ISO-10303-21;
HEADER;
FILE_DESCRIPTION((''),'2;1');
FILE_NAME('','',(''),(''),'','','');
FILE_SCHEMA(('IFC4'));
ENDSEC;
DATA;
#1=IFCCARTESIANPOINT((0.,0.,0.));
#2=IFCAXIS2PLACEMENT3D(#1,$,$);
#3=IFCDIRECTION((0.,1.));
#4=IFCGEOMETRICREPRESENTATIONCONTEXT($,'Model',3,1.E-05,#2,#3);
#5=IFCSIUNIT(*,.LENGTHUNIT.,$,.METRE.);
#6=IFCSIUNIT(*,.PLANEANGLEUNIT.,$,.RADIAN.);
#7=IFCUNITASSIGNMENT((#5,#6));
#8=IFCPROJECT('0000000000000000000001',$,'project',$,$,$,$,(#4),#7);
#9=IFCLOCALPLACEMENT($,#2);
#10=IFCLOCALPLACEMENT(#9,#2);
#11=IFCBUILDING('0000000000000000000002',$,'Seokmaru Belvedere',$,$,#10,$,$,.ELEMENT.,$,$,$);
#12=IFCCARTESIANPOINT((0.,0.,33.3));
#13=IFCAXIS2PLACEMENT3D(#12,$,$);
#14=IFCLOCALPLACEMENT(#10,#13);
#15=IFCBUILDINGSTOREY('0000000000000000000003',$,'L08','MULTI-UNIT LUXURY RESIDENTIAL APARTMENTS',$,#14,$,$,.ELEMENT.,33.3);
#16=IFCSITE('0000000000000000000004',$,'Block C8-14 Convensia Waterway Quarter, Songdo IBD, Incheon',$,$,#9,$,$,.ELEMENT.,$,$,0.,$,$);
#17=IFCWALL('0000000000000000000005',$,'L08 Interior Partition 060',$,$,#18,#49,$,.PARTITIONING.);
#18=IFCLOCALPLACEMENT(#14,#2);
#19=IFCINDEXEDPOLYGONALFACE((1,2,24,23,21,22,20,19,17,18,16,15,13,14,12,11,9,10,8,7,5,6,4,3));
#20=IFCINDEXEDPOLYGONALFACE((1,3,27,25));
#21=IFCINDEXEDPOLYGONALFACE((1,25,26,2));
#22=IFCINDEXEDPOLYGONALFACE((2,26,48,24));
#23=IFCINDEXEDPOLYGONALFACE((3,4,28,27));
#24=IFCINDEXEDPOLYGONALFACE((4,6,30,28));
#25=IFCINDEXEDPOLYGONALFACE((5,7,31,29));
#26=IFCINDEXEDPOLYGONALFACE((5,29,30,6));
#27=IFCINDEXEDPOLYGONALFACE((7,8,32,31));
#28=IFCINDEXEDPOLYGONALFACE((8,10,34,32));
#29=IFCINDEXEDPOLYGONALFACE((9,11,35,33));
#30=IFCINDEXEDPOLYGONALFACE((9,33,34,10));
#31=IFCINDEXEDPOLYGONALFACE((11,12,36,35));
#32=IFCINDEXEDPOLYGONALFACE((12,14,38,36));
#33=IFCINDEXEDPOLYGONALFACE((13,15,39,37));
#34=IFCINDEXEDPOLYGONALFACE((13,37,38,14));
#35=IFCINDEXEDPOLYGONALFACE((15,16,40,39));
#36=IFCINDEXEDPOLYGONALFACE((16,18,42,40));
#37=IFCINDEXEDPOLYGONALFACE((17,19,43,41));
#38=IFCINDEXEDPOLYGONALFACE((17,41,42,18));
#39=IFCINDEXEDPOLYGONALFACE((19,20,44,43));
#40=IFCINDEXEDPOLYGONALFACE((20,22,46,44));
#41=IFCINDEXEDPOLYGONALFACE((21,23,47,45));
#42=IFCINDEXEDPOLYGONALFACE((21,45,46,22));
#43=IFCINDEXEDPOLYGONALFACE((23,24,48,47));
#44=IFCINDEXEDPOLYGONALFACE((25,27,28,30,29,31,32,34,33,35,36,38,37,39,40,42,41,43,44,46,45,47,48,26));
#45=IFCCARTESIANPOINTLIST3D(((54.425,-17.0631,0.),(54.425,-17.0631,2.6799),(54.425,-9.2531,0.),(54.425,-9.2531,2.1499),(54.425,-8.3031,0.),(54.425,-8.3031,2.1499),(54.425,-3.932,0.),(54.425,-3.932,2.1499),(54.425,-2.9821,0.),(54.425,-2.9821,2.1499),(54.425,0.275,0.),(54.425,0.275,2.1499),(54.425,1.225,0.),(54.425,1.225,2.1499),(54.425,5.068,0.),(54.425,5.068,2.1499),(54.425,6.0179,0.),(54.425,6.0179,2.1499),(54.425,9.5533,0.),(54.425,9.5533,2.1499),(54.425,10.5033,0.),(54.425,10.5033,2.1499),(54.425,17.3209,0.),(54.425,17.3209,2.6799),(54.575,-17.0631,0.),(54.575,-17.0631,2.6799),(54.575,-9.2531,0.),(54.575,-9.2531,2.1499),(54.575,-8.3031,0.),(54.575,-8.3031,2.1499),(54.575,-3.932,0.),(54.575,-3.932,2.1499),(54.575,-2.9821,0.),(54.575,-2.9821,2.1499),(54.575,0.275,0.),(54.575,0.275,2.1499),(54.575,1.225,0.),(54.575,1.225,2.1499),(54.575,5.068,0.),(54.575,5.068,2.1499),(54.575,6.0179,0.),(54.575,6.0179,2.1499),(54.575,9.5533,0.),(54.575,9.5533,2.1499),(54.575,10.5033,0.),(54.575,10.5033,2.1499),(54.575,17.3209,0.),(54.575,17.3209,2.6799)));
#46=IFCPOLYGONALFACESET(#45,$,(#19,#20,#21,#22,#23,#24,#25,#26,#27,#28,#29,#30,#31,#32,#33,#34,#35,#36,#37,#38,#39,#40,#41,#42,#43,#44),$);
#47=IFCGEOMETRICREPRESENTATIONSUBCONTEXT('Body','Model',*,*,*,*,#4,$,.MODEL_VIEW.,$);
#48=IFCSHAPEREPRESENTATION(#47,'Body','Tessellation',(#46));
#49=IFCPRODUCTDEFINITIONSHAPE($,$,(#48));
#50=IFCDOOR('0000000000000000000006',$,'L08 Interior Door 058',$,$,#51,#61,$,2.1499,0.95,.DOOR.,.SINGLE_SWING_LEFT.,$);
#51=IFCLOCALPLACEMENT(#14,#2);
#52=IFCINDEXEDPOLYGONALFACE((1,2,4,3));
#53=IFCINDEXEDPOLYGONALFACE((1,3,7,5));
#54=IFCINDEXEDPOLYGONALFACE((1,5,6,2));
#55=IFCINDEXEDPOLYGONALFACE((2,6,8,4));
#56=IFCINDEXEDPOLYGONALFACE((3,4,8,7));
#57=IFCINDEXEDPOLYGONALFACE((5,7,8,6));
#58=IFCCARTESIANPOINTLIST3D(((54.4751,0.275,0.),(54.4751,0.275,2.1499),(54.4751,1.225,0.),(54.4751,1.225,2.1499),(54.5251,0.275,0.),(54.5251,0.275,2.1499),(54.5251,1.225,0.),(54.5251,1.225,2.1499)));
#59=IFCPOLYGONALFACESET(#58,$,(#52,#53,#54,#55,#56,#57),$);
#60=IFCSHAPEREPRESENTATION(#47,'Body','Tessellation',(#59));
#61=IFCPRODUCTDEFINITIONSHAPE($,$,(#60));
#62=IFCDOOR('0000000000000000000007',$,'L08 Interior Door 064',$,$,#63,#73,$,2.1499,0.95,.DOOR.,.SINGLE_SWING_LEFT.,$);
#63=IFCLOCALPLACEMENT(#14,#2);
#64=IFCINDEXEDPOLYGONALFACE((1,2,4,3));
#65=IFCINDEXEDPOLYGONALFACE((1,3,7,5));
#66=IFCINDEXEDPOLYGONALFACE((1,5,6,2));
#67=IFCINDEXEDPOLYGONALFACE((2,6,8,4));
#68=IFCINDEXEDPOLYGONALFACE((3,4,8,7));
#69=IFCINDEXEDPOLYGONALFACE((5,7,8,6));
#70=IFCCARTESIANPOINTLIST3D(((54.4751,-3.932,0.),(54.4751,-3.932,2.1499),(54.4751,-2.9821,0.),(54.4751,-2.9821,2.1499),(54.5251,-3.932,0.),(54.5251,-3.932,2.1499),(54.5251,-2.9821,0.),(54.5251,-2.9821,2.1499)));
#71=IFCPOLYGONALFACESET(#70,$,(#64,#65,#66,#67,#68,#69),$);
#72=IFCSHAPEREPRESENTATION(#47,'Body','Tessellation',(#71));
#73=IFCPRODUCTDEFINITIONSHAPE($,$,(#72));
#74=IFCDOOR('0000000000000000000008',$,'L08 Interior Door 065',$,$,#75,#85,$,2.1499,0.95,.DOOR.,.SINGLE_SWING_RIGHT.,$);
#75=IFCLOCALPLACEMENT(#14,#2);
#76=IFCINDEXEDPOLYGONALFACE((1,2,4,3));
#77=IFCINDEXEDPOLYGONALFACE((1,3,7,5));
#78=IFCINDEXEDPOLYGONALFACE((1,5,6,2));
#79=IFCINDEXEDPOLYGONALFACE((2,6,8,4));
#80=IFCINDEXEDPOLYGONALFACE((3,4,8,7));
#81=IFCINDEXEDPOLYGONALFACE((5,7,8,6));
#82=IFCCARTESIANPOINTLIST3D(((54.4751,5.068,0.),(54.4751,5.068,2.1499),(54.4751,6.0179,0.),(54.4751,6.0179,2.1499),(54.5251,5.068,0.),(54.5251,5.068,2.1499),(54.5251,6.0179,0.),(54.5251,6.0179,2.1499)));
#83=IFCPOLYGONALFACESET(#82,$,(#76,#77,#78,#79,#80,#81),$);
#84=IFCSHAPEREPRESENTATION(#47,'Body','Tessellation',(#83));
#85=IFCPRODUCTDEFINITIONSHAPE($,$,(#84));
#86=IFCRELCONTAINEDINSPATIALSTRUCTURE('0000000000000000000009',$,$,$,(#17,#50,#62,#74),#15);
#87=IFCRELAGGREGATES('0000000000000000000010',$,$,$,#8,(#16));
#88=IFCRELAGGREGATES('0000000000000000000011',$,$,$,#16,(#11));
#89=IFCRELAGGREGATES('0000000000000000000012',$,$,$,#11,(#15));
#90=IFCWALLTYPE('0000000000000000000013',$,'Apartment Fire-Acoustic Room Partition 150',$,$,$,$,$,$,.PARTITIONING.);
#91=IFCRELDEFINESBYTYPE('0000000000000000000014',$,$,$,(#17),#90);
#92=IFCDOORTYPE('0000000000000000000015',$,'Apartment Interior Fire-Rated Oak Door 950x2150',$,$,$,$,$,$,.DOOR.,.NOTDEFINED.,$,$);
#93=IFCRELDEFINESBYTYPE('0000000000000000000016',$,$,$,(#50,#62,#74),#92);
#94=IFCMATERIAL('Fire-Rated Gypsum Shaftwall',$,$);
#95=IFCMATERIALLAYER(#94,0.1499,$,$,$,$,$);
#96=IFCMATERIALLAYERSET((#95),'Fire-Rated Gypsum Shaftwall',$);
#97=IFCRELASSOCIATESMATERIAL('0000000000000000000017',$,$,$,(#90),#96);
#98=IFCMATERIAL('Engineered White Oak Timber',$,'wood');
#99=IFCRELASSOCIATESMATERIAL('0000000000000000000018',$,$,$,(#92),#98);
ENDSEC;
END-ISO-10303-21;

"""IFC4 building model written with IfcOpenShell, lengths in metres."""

from ifc_helpers import new_model, si_unit, direction, frame, frame_2d, origin, place, context, subcontext, project, spatial, rectangle, extrude, source, transform, mapped, material, layer, layer_set, type_object, type_shapes, element, fill, save


model = new_model("IFC4")

# Units and contexts
model_context = context("Model", 3, precision=1e-05, world=origin(), true_north=direction((0.0, 1.0)))
body_context = subcontext(model_context, "Body", "Model", "MODEL_VIEW")
ifc_project = project(units=[si_unit("LENGTHUNIT", "METRE"), si_unit("PLANEANGLEUNIT", "RADIAN")], contexts=[model_context])

# Site, building, storey
site_placement = place(None, origin())
site = spatial("IfcSite", under=ifc_project, at=site_placement, Name="Block C8-14 Convensia Waterway Quarter, Songdo IBD, Incheon", CompositionType="ELEMENT", RefElevation=0.0)
building_placement = place(site_placement, origin())
building = spatial("IfcBuilding", under=site, at=building_placement, Name="Seokmaru Belvedere", CompositionType="ELEMENT")
storey_placement = place(building_placement, frame((0.0, 0.0, 33.3)))
storey = spatial("IfcBuildingStorey", under=building, at=storey_placement, Name="L08", Description="MULTI-UNIT LUXURY RESIDENTIAL APARTMENTS", CompositionType="ELEMENT", Elevation=33.3)

# Shared definitions
ifc_material_1 = material(Name="Fire-Rated Gypsum Shaftwall")
ifc_layer_1 = layer(ifc_material_1, 0.1499)
ifc_layer_set_1 = layer_set([ifc_layer_1], Name="Fire-Rated Gypsum Shaftwall")
wall_type = type_object("IfcWallType", Name="Apartment Fire-Acoustic Room Partition 150", PredefinedType="PARTITIONING", material=ifc_layer_set_1)
ifc_material_2 = material(Name="Engineered White Oak Timber", Category="wood")
door_type = type_object("IfcDoorType", Name="Apartment Interior Fire-Rated Oak Door 950x2150", OperationType="NOTDEFINED", PredefinedType="DOOR", material=ifc_material_2)
shared_shape_1 = source(origin(), body_context, "Body", "SweptSolid", [
    extrude(rectangle(XDim=0.95, YDim=2.1499, at=frame_2d((0.4751, 1.075))), frame((0.0, 0.0249, 0.0), z_axis=(0.0, -1.0, 0.0), x_axis=(1.0, 0.0, 0.0)), (0.0, 0.0, 1.0), 0.05),
])
type_shapes(door_type, [shared_shape_1])

# Wall, openings, doors
wall_1_placement = place(storey_placement, frame((54.5, -17.063, 0.0), z_axis=(0.0, 0.0, 1.0), x_axis=(0.0, 1.0, 0.0)))
wall_1 = element("IfcWall", 1, at=wall_1_placement, inside=storey, type_object=wall_type, Name="L08 Interior Partition 060", PredefinedType="PARTITIONING", context=body_context, shape_type="SweptSolid", body=[
    extrude(rectangle(XDim=34.384, YDim=0.1499, at=frame_2d((17.1919, 0.0))), origin(), (0.0, 0.0, 1.0), 2.6799),
])
opening_1_placement = place(wall_1_placement, frame((7.8098, 0.0, 0.0)))
element("IfcOpeningElement", 2, at=opening_1_placement, cuts=wall_1, PredefinedType="OPENING", context=body_context, shape_type="SweptSolid", body=[
    extrude(rectangle(XDim=0.95, YDim=2.1499, at=frame_2d((0.4751, 1.075))), frame((0.0, 0.085, 0.0), z_axis=(0.0, -1.0, 0.0), x_axis=(1.0, 0.0, 0.0)), (0.0, 0.0, 1.0), 0.1699),
])
opening_2_placement = place(wall_1_placement, frame((17.3379, 0.0, 0.0)))
opening_2 = element("IfcOpeningElement", 3, at=opening_2_placement, cuts=wall_1, PredefinedType="OPENING", context=body_context, shape_type="SweptSolid", body=[
    extrude(rectangle(XDim=0.95, YDim=2.1499, at=frame_2d((0.4751, 1.075))), frame((0.0, 0.085, 0.0), z_axis=(0.0, -1.0, 0.0), x_axis=(1.0, 0.0, 0.0)), (0.0, 0.0, 1.0), 0.1699),
])
opening_3_placement = place(wall_1_placement, frame((13.1309, 0.0, 0.0)))
opening_3 = element("IfcOpeningElement", 4, at=opening_3_placement, cuts=wall_1, PredefinedType="OPENING", context=body_context, shape_type="SweptSolid", body=[
    extrude(rectangle(XDim=0.95, YDim=2.1499, at=frame_2d((0.4751, 1.075))), frame((0.0, 0.085, 0.0), z_axis=(0.0, -1.0, 0.0), x_axis=(1.0, 0.0, 0.0)), (0.0, 0.0, 1.0), 0.1699),
])
opening_4_placement = place(wall_1_placement, frame((22.1309, 0.0, 0.0)))
opening_4 = element("IfcOpeningElement", 5, at=opening_4_placement, cuts=wall_1, PredefinedType="OPENING", context=body_context, shape_type="SweptSolid", body=[
    extrude(rectangle(XDim=0.95, YDim=2.1499, at=frame_2d((0.4751, 1.075))), frame((0.0, 0.085, 0.0), z_axis=(0.0, -1.0, 0.0), x_axis=(1.0, 0.0, 0.0)), (0.0, 0.0, 1.0), 0.1699),
])
opening_5_placement = place(wall_1_placement, frame((26.6162, 0.0, 0.0)))
element("IfcOpeningElement", 6, at=opening_5_placement, cuts=wall_1, PredefinedType="OPENING", context=body_context, shape_type="SweptSolid", body=[
    extrude(rectangle(XDim=0.95, YDim=2.1499, at=frame_2d((0.4751, 1.075))), frame((0.0, 0.085, 0.0), z_axis=(0.0, -1.0, 0.0), x_axis=(1.0, 0.0, 0.0)), (0.0, 0.0, 1.0), 0.1699),
])
door_1_placement = place(opening_2_placement, origin())
door_1 = element("IfcDoor", 7, at=door_1_placement, inside=storey, type_object=door_type, Name="L08 Interior Door 058", OperationType="SINGLE_SWING_LEFT", OverallHeight=2.1499, OverallWidth=0.95, PredefinedType="DOOR", context=body_context, shape_type="MappedRepresentation", body=[
    mapped(shared_shape_1, transform((0.0, 0.0, 0.0), scale=1.0)),
])
fill(opening_2, door_1)
door_2_placement = place(opening_3_placement, origin())
door_2 = element("IfcDoor", 8, at=door_2_placement, inside=storey, type_object=door_type, Name="L08 Interior Door 064", OperationType="SINGLE_SWING_LEFT", OverallHeight=2.1499, OverallWidth=0.95, PredefinedType="DOOR", context=body_context, shape_type="MappedRepresentation", body=[
    mapped(shared_shape_1, transform((0.0, 0.0, 0.0), scale=1.0)),
])
fill(opening_3, door_2)
door_3_placement = place(opening_4_placement, origin())
door_3 = element("IfcDoor", 9, at=door_3_placement, inside=storey, type_object=door_type, Name="L08 Interior Door 065", OperationType="SINGLE_SWING_RIGHT", OverallHeight=2.1499, OverallWidth=0.95, PredefinedType="DOOR", context=body_context, shape_type="MappedRepresentation", body=[
    mapped(shared_shape_1, transform((0.0, 0.0, 0.0), scale=1.0)),
])
fill(opening_4, door_3)

save(model, "model.ifc")
